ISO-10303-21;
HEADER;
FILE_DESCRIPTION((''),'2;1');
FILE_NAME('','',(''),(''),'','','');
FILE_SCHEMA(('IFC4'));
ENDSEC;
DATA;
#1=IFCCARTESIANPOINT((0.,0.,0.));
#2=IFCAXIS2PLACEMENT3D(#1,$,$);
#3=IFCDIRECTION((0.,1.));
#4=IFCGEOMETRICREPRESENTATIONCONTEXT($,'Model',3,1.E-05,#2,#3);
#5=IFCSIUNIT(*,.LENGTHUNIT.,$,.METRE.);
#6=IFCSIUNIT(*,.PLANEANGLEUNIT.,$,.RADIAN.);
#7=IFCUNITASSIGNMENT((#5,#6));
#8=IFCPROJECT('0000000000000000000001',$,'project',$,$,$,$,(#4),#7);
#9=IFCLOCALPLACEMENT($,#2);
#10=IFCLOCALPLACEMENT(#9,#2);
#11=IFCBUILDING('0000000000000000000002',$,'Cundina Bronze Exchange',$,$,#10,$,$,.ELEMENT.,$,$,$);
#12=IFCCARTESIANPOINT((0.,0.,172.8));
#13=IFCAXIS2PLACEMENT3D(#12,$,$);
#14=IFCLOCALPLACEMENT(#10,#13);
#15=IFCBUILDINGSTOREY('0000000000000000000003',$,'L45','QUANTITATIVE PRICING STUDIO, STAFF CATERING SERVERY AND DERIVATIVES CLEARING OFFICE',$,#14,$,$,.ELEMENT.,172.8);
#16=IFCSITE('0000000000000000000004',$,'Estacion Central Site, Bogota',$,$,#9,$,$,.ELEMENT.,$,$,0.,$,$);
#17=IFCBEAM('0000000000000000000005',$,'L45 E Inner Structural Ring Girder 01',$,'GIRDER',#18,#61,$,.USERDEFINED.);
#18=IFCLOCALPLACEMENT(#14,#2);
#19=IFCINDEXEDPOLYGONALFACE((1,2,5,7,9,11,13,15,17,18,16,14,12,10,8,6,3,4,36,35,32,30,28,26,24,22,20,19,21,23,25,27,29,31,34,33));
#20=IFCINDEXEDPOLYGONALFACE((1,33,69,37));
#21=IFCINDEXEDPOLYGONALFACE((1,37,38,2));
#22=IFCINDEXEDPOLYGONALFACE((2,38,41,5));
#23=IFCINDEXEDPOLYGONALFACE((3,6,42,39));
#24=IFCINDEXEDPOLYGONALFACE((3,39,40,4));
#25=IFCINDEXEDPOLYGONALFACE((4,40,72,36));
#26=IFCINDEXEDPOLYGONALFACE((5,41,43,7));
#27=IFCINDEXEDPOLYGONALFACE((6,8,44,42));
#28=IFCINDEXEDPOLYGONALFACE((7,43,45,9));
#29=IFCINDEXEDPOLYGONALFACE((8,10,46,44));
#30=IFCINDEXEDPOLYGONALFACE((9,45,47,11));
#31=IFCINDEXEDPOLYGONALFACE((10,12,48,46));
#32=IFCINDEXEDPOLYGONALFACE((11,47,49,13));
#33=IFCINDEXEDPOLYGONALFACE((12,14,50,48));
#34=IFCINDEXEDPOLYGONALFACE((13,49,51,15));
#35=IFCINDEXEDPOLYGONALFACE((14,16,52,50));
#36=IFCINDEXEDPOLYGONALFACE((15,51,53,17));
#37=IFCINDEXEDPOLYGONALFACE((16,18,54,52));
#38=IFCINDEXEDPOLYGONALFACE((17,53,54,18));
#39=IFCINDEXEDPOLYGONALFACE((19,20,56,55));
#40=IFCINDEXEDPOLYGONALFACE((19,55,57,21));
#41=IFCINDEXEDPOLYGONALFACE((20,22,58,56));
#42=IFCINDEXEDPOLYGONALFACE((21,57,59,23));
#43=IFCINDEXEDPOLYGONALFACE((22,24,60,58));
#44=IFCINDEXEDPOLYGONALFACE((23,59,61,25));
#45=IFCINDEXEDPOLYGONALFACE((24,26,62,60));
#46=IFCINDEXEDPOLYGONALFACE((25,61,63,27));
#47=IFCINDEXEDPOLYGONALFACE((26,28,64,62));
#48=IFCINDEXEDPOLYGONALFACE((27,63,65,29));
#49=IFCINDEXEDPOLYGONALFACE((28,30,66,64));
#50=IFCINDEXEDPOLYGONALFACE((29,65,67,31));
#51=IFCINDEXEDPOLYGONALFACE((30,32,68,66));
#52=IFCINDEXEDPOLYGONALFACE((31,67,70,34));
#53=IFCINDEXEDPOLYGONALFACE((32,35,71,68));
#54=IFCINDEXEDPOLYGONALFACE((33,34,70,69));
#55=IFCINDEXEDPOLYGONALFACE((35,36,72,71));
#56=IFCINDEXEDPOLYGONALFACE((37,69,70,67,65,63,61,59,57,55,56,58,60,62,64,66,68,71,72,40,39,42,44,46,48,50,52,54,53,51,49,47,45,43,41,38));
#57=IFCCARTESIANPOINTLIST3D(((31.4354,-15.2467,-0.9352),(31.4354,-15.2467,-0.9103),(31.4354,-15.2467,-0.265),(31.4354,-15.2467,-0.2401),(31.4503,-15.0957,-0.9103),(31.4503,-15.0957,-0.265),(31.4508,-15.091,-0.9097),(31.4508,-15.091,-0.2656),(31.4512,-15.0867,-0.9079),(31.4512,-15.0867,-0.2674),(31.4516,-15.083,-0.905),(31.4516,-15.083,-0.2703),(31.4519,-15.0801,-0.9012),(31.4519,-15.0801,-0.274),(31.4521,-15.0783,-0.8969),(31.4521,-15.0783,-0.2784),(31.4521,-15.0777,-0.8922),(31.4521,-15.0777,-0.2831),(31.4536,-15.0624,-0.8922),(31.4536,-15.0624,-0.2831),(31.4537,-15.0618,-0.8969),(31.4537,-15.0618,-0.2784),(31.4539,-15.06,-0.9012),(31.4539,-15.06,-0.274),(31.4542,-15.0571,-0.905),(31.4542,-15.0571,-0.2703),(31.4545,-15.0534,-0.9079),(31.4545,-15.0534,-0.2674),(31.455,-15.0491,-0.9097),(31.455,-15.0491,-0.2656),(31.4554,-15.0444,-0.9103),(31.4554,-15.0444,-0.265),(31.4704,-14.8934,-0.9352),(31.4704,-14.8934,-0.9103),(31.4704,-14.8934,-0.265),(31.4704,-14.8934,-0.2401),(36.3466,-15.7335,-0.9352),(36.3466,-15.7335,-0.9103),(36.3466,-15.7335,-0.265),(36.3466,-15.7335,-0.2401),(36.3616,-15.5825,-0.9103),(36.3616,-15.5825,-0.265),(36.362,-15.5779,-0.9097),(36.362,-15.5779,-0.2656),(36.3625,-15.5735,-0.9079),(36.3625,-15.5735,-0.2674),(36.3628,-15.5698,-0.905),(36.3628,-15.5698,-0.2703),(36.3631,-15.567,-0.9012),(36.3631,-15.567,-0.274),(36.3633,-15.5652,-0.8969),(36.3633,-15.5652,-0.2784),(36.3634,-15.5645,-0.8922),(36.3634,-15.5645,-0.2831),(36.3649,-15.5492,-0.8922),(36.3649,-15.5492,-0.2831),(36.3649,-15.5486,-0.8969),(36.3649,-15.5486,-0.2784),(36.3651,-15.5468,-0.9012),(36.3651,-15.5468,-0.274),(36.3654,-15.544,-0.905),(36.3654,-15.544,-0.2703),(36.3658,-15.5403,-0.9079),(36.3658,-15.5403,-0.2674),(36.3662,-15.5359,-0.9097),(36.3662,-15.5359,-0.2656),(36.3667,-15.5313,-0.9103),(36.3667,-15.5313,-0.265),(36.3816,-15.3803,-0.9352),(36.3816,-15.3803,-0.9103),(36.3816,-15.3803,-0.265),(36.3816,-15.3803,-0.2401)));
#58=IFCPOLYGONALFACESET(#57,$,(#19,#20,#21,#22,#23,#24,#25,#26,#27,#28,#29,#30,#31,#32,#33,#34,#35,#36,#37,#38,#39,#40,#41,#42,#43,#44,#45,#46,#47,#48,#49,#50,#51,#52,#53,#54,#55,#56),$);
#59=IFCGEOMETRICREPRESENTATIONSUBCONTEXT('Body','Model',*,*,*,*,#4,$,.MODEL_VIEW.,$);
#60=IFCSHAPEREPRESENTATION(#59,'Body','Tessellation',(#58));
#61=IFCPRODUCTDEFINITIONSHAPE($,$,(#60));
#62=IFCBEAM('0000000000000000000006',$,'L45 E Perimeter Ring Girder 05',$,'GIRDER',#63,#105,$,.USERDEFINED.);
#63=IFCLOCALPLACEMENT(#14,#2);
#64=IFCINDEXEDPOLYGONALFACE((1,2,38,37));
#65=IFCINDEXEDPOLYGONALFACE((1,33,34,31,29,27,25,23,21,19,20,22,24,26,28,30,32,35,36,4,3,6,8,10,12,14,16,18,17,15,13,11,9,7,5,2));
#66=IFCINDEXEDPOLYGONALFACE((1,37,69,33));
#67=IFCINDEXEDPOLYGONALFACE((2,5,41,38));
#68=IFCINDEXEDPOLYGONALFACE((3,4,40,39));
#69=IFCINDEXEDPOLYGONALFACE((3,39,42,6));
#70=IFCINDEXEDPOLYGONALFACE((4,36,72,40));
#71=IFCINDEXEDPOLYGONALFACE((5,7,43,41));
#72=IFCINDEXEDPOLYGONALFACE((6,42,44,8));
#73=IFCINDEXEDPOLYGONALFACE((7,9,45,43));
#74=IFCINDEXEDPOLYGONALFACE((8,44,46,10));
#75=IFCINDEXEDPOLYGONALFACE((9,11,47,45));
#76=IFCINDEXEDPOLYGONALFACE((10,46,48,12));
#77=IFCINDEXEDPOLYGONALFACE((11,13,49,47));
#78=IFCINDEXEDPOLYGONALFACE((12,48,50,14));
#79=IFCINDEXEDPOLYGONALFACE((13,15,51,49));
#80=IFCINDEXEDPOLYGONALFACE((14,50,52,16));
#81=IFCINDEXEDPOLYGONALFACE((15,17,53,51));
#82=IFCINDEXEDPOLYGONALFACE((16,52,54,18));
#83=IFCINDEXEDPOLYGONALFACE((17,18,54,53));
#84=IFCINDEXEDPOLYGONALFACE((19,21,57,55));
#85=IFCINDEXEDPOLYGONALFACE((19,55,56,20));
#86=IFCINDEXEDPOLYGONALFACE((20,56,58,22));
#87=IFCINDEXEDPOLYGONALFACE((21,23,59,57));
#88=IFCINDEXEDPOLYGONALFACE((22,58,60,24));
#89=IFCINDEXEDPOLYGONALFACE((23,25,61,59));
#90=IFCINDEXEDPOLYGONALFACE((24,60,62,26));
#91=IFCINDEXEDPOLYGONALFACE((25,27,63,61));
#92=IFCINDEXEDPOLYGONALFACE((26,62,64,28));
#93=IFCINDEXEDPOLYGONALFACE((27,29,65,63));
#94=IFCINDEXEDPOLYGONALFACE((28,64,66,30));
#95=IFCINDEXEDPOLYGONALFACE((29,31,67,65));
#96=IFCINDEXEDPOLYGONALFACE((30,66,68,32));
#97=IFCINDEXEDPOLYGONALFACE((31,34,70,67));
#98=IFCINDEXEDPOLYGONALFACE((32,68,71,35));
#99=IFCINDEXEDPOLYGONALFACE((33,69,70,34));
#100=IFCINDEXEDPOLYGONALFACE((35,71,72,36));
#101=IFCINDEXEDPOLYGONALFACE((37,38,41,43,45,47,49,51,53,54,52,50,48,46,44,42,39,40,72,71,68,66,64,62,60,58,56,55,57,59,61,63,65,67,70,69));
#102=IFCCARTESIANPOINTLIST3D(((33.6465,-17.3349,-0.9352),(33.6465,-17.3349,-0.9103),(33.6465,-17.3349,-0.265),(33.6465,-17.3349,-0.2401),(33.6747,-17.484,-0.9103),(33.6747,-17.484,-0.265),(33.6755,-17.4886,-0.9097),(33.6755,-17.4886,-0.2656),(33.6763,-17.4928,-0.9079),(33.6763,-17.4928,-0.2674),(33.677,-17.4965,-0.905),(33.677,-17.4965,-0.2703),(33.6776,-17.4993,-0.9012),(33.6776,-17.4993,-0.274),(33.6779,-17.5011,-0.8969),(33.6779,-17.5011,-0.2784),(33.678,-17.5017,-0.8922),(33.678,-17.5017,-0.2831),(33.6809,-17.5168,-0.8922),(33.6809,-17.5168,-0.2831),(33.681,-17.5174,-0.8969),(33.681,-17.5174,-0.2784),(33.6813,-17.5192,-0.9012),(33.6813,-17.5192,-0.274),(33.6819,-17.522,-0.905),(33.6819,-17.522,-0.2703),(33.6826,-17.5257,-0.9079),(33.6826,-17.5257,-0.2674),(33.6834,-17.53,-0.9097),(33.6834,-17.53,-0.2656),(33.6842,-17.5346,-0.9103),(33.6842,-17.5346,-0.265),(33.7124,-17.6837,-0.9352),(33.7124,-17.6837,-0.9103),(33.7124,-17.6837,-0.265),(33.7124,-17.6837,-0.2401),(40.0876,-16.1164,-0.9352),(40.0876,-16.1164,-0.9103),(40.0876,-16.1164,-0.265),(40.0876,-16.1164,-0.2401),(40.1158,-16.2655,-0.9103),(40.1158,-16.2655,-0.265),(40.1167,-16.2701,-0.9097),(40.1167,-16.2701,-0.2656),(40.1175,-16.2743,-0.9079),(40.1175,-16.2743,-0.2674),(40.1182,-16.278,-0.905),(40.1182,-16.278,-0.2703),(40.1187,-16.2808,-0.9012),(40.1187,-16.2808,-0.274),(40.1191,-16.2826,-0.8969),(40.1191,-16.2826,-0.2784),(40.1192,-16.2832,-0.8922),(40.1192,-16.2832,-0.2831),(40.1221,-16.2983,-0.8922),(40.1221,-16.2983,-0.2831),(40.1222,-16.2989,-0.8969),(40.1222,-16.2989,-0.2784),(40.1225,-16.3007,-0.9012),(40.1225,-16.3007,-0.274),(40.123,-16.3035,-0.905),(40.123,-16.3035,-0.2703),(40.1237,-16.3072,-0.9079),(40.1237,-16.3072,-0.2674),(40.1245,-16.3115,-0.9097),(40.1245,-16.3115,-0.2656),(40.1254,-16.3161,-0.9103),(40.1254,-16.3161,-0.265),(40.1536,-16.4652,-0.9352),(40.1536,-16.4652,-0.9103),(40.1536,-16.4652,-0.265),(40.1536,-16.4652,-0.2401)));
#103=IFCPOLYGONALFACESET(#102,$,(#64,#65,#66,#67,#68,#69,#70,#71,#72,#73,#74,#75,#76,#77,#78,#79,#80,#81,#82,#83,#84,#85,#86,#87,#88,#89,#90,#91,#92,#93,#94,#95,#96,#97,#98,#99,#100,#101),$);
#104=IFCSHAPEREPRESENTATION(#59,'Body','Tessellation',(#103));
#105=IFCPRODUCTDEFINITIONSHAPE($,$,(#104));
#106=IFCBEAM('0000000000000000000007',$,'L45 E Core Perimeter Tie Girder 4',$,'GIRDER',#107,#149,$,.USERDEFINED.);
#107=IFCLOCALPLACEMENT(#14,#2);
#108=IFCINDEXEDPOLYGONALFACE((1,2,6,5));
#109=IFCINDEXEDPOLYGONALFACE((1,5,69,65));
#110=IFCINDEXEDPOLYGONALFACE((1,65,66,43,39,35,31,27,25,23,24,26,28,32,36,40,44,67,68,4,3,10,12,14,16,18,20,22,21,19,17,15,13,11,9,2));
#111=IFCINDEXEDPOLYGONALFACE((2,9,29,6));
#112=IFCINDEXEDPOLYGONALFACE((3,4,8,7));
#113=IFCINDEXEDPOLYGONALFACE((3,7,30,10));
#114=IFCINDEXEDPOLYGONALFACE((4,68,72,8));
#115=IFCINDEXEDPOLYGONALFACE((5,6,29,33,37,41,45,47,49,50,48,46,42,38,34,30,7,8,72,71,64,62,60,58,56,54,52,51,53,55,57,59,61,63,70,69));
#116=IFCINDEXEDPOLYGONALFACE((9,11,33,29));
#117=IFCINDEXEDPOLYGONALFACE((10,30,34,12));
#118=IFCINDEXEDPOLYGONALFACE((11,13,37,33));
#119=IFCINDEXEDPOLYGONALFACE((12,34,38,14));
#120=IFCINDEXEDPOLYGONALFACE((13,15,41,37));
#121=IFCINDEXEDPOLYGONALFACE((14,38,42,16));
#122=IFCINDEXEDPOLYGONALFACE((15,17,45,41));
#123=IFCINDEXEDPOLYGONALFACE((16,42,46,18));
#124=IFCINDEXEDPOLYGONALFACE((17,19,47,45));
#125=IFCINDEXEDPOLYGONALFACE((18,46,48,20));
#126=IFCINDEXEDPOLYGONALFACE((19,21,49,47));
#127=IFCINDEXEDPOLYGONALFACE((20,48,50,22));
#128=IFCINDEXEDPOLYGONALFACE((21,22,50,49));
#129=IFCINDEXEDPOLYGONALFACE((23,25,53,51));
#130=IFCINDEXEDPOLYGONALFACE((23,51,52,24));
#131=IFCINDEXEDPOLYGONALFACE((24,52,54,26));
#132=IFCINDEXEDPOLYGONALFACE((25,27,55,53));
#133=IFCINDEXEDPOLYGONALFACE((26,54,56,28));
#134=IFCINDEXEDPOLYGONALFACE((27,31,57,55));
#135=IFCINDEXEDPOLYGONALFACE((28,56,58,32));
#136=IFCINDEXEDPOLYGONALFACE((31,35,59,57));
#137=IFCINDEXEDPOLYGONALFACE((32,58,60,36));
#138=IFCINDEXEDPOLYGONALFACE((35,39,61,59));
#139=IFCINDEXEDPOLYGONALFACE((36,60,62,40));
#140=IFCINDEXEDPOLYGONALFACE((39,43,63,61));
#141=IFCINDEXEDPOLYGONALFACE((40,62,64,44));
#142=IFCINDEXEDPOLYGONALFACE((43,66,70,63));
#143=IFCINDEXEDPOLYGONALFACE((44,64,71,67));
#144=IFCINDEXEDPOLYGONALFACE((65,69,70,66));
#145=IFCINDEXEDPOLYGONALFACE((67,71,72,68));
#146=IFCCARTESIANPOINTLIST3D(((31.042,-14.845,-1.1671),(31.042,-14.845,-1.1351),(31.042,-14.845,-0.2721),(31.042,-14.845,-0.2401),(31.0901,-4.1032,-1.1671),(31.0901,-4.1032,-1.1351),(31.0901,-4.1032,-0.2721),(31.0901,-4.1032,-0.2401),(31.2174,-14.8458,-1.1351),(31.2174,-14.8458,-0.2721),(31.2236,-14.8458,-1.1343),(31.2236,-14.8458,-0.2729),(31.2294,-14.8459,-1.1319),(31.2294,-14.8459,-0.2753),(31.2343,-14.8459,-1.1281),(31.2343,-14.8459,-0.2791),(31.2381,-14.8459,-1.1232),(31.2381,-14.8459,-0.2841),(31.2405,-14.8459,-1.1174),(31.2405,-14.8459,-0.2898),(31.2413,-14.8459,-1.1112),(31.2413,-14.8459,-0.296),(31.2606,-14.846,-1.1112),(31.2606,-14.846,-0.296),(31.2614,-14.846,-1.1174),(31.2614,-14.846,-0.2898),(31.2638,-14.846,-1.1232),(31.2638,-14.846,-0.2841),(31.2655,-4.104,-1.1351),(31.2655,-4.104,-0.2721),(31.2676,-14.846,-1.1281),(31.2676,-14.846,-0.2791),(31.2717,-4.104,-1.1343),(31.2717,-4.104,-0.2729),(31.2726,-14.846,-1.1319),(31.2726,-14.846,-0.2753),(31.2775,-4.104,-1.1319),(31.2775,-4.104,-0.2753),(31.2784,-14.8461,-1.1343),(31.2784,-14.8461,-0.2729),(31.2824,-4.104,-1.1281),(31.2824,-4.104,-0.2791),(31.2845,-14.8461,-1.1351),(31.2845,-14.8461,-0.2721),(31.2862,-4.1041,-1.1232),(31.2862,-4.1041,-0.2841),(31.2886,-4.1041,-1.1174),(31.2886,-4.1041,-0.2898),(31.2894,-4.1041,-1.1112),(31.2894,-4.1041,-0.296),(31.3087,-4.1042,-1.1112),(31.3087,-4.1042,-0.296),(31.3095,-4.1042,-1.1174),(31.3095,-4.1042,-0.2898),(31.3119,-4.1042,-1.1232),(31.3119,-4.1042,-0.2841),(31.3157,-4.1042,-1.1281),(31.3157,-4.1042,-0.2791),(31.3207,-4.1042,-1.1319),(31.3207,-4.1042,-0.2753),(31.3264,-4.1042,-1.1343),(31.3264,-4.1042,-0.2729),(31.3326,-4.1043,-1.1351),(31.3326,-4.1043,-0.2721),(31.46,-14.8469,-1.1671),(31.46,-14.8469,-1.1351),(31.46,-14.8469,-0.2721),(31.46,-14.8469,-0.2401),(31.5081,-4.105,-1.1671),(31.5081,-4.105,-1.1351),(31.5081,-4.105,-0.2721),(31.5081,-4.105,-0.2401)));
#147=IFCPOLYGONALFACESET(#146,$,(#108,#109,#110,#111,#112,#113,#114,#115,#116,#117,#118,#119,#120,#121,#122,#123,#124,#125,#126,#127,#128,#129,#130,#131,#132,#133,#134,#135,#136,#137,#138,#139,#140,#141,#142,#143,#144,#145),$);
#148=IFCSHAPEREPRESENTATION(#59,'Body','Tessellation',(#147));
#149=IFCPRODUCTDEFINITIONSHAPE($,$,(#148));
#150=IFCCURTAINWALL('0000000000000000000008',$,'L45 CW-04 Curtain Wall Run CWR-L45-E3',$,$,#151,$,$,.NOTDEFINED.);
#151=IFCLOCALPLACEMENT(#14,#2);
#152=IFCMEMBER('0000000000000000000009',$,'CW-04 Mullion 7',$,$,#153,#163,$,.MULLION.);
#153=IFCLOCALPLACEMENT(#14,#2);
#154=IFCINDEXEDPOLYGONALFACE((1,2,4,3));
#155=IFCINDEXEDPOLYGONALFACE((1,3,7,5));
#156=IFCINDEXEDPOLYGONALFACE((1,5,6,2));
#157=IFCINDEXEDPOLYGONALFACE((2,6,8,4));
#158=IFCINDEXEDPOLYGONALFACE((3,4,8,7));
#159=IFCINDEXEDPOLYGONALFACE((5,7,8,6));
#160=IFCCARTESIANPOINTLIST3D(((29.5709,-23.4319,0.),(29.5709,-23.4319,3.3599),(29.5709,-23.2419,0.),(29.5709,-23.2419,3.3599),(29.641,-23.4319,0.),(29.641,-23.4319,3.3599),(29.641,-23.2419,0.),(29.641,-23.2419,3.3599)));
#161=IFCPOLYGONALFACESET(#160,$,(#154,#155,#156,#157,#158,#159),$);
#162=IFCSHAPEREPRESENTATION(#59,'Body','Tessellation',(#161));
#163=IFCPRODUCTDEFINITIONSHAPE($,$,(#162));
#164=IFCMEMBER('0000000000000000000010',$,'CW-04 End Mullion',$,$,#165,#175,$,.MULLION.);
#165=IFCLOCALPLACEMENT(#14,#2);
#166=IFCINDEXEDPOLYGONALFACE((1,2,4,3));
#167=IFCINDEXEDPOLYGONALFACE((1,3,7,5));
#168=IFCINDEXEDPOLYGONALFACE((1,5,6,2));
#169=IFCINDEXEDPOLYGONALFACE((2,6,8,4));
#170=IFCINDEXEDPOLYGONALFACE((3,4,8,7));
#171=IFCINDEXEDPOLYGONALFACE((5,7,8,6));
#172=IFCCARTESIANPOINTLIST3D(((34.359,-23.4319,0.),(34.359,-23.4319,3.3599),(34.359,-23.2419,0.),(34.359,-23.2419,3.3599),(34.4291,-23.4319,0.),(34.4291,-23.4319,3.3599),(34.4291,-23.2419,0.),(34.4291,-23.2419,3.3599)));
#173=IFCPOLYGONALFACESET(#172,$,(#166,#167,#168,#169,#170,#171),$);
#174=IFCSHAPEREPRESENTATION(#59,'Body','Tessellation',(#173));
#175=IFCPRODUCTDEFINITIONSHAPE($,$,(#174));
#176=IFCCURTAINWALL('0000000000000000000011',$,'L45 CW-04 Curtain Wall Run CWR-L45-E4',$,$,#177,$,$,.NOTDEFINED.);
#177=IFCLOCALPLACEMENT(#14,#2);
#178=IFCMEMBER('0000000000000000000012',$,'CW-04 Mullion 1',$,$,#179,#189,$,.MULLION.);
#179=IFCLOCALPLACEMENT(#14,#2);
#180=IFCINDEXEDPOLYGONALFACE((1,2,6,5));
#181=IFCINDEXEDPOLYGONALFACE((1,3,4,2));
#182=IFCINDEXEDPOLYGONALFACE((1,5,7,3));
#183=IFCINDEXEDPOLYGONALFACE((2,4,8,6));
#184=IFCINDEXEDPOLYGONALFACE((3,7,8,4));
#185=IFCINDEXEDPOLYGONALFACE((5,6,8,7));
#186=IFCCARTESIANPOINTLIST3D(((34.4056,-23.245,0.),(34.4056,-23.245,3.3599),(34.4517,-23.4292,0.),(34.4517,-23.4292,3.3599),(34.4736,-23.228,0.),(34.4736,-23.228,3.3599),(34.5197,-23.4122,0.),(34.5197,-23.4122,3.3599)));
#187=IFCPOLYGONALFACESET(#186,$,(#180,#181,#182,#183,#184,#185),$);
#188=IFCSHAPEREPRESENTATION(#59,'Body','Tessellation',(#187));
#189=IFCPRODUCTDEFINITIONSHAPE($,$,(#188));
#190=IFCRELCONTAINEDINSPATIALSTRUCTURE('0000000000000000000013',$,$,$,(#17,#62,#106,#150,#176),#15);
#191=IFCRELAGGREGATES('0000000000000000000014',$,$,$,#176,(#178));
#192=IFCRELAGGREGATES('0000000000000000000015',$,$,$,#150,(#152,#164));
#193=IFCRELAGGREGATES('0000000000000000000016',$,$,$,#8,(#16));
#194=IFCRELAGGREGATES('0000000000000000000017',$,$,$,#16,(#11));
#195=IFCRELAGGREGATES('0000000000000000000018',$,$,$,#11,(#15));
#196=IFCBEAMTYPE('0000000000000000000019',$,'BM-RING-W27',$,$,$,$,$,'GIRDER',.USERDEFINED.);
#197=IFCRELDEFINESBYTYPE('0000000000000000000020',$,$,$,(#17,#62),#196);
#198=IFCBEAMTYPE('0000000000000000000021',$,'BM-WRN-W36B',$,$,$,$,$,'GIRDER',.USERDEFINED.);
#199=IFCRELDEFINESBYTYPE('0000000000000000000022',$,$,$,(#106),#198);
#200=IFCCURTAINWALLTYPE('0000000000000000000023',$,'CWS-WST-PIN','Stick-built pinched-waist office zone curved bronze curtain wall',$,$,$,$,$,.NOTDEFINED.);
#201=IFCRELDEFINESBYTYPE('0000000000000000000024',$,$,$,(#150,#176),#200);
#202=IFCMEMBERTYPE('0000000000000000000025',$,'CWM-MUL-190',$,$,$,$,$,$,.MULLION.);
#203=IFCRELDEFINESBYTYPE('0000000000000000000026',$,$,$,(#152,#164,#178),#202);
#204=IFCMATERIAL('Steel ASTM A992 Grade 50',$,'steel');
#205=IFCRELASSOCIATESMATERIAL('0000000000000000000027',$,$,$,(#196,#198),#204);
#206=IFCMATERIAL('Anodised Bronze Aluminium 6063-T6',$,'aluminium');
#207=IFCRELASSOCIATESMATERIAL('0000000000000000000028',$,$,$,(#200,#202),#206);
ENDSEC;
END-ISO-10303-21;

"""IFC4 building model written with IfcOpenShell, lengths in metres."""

from ifc_helpers import new_model, si_unit, direction, frame, origin, origin_2d, place, context, subcontext, project, spatial, rectangle, i_section, extrude, material, material_profile, profile_set, type_object, element, aggregate, save


model = new_model("IFC4")

# Units and contexts
model_context = context("Model", 3, precision=1e-05, world=origin(), true_north=direction((0.0, 1.0)))
body_context = subcontext(model_context, "Body", "Model", "MODEL_VIEW")
ifc_project = project(units=[si_unit("LENGTHUNIT", "METRE"), si_unit("PLANEANGLEUNIT", "RADIAN")], contexts=[model_context])

# Site, building, storey
site_placement = place(None, origin())
site = spatial("IfcSite", under=ifc_project, at=site_placement, Name="Estacion Central Site, Bogota", CompositionType="ELEMENT", RefElevation=0.0)
building_placement = place(site_placement, origin())
building = spatial("IfcBuilding", under=site, at=building_placement, Name="Cundina Bronze Exchange", CompositionType="ELEMENT")
storey_placement = place(building_placement, frame((0.0, 0.0, 172.8)))
storey = spatial("IfcBuildingStorey", under=building, at=storey_placement, Name="L45", Description="QUANTITATIVE PRICING STUDIO, STAFF CATERING SERVERY AND DERIVATIVES CLEARING OFFICE", CompositionType="ELEMENT", Elevation=172.8)

# Shared definitions
ifc_material_1 = material(Name="Steel ASTM A992 Grade 50", Category="steel")

# Beams
ifc_material_profile_1 = material_profile(ifc_material_1, i_section(OverallWidth=0.355, OverallDepth=0.6951, WebThickness=0.0154, FlangeThickness=0.0249, FilletRadius=0.0181, at=origin_2d()), Name="W27X146", Category="steel")
ifc_profile_set_1 = profile_set([ifc_material_profile_1], Name="Steel ASTM A992 Grade 50")
beam_type_1 = type_object("IfcBeamType", Name="BM-RING-W27", ElementType="GIRDER", PredefinedType="USERDEFINED", material=ifc_profile_set_1)
beam_1_placement = place(storey_placement, frame((31.4529, -15.0701, -0.5876), z_axis=(0.995123, -0.098642, 0.0), x_axis=(0.098642, 0.995123, 0.0)))
element("IfcBeam", 1, at=beam_1_placement, inside=storey, type_object=beam_type_1, Name="L45 E Inner Structural Ring Girder 01", ObjectType="GIRDER", PredefinedType="USERDEFINED", context=body_context, shape_type="SweptSolid", body=[
    extrude(i_section(OverallWidth=0.355, OverallDepth=0.6951, WebThickness=0.0154, FlangeThickness=0.0249, FilletRadius=0.0181, at=origin_2d()), origin(), (0.0, 0.0, 1.0), 4.9353),
])
beam_2_placement = place(storey_placement, frame((33.6794, -17.5093, -0.5876), z_axis=(0.982573, 0.185878, 0.0), x_axis=(-0.185878, 0.982573, 0.0)))
element("IfcBeam", 2, at=beam_2_placement, inside=storey, type_object=beam_type_1, Name="L45 E Perimeter Ring Girder 05", ObjectType="GIRDER", PredefinedType="USERDEFINED", context=body_context, shape_type="SweptSolid", body=[
    extrude(i_section(OverallWidth=0.355, OverallDepth=0.6951, WebThickness=0.0154, FlangeThickness=0.0249, FilletRadius=0.0181, at=origin_2d()), origin(), (0.0, 0.0, 1.0), 6.5554),
])
ifc_material_profile_2 = material_profile(ifc_material_1, i_section(OverallWidth=0.418, OverallDepth=0.927, WebThickness=0.0193, FlangeThickness=0.032, FilletRadius=0.0239, at=origin_2d()), Name="W36X231", Category="steel")
ifc_profile_set_2 = profile_set([ifc_material_profile_2], Name="Steel ASTM A992 Grade 50")
beam_type_2 = type_object("IfcBeamType", Name="BM-WRN-W36B", ElementType="GIRDER", PredefinedType="USERDEFINED", material=ifc_profile_set_2)
beam_3_placement = place(storey_placement, frame((31.251, -14.8459, -0.7036), z_axis=(0.004477, 0.99999, 0.0), x_axis=(-0.99999, 0.004477, 0.0)))
element("IfcBeam", 3, at=beam_3_placement, inside=storey, type_object=beam_type_2, Name="L45 E Core Perimeter Tie Girder 4", ObjectType="GIRDER", PredefinedType="USERDEFINED", context=body_context, shape_type="SweptSolid", body=[
    extrude(i_section(OverallWidth=0.418, OverallDepth=0.927, WebThickness=0.0193, FlangeThickness=0.032, FilletRadius=0.0239, at=origin_2d()), origin(), (0.0, 0.0, 1.0), 10.7419),
])

# Curtain wall, members
ifc_material_2 = material(Name="Anodised Bronze Aluminium 6063-T6", Category="aluminium")
curtain_wall_type = type_object("IfcCurtainWallType", Name="CWS-WST-PIN", Description="Stick-built pinched-waist office zone curved bronze curtain wall", PredefinedType="NOTDEFINED", material=ifc_material_2)
curtain_wall_1_placement = place(storey_placement, origin())
curtain_wall_1 = element("IfcCurtainWall", 4, at=curtain_wall_1_placement, inside=storey, type_object=curtain_wall_type, Name="L45 CW-04 Curtain Wall Run CWR-L45-E3", PredefinedType="NOTDEFINED")
ifc_material_profile_3 = material_profile(ifc_material_2, rectangle(XDim=0.0701, YDim=0.1899, at=origin_2d()), Name="AL70X190", Category="aluminium")
ifc_profile_set_3 = profile_set([ifc_material_profile_3], Name="Anodised Bronze Aluminium 6063-T6")
member_type_1 = type_object("IfcMemberType", Name="CWM-MUL-190", PredefinedType="MULLION", material=ifc_profile_set_3)
member_1_placement = place(storey_placement, frame((29.606, -23.3369, 0.0), z_axis=(0.0, 0.0, 1.0), x_axis=(1.0, 0.0, 0.0)))
member_1 = element("IfcMember", 5, at=member_1_placement, type_object=member_type_1, Name="CW-04 Mullion 7", PredefinedType="MULLION", context=body_context, shape_type="SweptSolid", body=[
    extrude(rectangle(XDim=0.0701, YDim=0.1899, at=origin_2d()), origin(), (0.0, 0.0, 1.0), 3.3599),
])
member_2_placement = place(storey_placement, frame((34.394, -23.3369, 0.0), z_axis=(0.0, 0.0, 1.0), x_axis=(1.0, 0.0, 0.0)))
member_2 = element("IfcMember", 6, at=member_2_placement, type_object=member_type_1, Name="CW-04 End Mullion", PredefinedType="MULLION", context=body_context, shape_type="SweptSolid", body=[
    extrude(rectangle(XDim=0.0701, YDim=0.1899, at=origin_2d()), origin(), (0.0, 0.0, 1.0), 3.3599),
])

# Curtain wall, member
curtain_wall_2_placement = place(storey_placement, origin())
curtain_wall_2 = element("IfcCurtainWall", 7, at=curtain_wall_2_placement, inside=storey, type_object=curtain_wall_type, Name="L45 CW-04 Curtain Wall Run CWR-L45-E4", PredefinedType="NOTDEFINED")
member_3_placement = place(storey_placement, frame((34.4626, -23.3286, 0.0), z_axis=(0.0, 0.0, 1.0), x_axis=(0.970084, 0.242769, 0.0)))
member_3 = element("IfcMember", 8, at=member_3_placement, type_object=member_type_1, Name="CW-04 Mullion 1", PredefinedType="MULLION", context=body_context, shape_type="SweptSolid", body=[
    extrude(rectangle(XDim=0.0701, YDim=0.1899, at=origin_2d()), origin(), (0.0, 0.0, 1.0), 3.3599),
])

aggregate(curtain_wall_2, [member_3])

aggregate(curtain_wall_1, [member_1, member_2])

save(model, "model.ifc")
